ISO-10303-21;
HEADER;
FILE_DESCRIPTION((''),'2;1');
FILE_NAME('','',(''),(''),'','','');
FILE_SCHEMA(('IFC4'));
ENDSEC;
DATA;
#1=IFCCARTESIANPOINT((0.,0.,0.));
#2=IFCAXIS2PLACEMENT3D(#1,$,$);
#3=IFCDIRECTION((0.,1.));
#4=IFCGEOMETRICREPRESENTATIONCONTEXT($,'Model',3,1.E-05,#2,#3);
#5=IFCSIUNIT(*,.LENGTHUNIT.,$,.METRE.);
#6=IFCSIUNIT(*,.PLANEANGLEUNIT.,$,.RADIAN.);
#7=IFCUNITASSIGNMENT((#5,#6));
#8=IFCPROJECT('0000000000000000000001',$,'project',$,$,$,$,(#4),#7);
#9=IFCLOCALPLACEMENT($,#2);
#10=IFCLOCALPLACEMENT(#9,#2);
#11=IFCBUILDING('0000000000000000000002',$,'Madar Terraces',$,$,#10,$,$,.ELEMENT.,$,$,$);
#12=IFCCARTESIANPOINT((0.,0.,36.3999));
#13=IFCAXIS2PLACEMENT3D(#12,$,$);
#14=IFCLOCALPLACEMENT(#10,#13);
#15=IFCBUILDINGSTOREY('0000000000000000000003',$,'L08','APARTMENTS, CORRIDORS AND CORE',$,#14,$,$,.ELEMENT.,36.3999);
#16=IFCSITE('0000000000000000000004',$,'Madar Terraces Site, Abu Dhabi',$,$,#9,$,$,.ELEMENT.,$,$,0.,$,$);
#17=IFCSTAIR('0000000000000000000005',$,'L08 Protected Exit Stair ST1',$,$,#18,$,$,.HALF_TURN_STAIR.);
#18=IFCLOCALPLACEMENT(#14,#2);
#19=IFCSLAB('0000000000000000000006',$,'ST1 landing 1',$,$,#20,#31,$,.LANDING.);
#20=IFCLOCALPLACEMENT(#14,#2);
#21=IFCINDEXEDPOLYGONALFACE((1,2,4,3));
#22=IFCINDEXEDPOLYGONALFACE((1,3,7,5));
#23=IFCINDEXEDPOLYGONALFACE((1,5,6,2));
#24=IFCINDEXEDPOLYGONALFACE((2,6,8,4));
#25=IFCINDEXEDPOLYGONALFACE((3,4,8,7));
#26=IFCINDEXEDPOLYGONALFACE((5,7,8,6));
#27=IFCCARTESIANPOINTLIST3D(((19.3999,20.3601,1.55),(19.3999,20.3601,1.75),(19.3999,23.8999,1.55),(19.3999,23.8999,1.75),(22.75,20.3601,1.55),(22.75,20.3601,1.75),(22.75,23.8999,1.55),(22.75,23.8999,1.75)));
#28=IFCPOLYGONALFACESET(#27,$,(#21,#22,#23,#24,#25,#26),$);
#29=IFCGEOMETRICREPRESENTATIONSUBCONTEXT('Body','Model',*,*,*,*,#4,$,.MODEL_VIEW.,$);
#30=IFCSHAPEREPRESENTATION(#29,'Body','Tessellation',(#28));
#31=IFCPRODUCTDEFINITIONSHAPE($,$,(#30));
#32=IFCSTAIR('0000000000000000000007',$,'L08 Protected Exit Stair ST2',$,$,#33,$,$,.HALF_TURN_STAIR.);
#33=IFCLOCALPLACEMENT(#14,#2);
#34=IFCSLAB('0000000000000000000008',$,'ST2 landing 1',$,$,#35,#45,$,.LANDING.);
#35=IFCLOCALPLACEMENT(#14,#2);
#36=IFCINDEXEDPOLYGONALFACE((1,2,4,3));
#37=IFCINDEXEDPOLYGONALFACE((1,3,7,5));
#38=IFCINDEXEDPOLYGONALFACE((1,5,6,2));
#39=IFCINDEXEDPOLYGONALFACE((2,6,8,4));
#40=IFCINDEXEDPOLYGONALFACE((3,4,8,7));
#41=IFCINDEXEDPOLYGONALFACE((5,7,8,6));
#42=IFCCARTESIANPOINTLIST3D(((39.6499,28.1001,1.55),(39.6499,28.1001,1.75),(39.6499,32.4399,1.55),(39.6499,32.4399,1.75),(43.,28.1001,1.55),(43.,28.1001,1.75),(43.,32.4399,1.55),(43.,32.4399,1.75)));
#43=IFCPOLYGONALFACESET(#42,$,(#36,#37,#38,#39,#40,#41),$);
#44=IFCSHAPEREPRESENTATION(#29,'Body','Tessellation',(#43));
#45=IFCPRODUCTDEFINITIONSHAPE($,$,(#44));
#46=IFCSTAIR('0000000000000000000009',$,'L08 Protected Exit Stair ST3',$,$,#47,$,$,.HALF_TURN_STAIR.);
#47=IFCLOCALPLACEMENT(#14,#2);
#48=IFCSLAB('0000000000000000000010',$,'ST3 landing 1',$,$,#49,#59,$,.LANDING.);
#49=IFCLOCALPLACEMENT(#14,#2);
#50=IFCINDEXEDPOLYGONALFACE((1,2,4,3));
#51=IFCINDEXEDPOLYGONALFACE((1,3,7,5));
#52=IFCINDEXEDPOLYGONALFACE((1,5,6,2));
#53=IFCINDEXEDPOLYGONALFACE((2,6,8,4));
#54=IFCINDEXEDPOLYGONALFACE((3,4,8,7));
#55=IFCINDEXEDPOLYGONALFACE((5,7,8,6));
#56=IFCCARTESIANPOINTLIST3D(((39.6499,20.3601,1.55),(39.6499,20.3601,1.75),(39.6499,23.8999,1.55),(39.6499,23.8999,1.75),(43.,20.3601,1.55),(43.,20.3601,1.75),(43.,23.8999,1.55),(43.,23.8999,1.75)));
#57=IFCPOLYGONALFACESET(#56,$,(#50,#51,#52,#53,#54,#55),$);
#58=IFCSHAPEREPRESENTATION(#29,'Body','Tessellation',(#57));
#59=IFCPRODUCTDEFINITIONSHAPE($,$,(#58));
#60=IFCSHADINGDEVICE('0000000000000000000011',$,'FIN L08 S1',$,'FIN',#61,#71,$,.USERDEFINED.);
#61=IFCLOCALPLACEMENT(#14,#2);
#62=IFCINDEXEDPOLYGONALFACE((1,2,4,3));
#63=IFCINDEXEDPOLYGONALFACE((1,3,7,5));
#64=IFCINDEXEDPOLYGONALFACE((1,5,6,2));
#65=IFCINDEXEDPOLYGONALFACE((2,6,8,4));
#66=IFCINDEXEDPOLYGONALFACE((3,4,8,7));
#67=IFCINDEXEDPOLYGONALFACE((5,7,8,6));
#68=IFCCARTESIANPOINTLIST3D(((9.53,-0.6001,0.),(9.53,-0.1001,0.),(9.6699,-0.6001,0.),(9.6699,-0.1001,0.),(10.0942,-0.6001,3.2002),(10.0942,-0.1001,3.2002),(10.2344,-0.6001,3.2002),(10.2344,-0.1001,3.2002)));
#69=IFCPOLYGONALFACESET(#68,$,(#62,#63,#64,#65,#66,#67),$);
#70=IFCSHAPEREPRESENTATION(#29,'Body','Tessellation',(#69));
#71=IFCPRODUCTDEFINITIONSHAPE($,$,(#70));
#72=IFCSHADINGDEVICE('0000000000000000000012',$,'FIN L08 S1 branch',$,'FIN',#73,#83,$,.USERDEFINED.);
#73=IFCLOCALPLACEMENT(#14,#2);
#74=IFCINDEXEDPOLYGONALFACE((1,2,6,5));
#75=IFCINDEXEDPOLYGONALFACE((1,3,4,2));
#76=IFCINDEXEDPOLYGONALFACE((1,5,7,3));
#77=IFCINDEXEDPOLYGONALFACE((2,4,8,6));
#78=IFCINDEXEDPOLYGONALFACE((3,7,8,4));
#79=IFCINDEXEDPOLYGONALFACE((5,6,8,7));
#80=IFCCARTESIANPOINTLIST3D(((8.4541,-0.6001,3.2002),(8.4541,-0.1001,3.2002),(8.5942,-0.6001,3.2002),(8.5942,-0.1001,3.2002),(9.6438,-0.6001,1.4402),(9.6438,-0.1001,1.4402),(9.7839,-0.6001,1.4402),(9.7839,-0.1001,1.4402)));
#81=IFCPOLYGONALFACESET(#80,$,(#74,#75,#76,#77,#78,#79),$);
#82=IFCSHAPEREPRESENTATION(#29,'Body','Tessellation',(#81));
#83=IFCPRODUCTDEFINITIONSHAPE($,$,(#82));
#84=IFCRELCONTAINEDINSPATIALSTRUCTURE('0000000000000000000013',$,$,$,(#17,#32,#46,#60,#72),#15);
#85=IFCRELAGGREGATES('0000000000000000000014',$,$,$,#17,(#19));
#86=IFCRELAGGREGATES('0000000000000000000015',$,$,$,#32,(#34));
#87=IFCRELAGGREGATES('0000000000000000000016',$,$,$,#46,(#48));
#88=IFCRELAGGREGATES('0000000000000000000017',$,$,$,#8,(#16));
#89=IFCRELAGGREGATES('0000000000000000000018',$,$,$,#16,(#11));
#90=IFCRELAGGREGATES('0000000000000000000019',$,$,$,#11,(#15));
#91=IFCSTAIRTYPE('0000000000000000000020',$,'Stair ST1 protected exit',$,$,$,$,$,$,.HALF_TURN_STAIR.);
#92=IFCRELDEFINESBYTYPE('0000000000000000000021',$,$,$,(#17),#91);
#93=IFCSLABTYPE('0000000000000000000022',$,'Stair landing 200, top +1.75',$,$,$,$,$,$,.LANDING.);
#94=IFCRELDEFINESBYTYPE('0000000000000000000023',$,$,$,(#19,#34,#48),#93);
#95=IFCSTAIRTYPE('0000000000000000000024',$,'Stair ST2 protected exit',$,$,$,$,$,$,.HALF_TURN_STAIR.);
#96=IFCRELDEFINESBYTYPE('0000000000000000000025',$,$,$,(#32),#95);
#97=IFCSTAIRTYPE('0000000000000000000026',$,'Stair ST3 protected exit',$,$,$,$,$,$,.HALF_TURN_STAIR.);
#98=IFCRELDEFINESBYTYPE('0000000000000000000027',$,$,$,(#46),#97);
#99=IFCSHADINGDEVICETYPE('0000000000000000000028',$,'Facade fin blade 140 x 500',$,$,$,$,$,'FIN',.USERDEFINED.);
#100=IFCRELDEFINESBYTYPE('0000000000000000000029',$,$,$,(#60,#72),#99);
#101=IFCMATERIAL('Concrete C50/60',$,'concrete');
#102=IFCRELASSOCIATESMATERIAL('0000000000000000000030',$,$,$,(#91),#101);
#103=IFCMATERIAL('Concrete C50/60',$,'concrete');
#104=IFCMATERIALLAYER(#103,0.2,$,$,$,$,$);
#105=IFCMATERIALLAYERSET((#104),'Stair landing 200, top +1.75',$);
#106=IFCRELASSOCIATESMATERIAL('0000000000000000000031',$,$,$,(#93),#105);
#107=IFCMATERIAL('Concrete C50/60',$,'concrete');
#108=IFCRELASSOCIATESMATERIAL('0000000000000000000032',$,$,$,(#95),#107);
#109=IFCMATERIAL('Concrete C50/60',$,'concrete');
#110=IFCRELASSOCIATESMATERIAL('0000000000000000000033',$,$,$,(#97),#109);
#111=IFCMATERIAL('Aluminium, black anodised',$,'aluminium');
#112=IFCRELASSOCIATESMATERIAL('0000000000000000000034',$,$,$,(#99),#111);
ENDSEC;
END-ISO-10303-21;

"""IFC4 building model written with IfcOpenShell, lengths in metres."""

from ifc_helpers import new_model, si_unit, direction, frame, origin, place, context, subcontext, project, spatial, polyline, outline, extrude, material, layer, layer_set, type_object, element, aggregate, save


model = new_model("IFC4")

# Units and contexts
model_context = context("Model", 3, precision=1e-05, world=origin(), true_north=direction((0.0, 1.0)))
body_context = subcontext(model_context, "Body", "Model", "MODEL_VIEW")
ifc_project = project(units=[si_unit("LENGTHUNIT", "METRE"), si_unit("PLANEANGLEUNIT", "RADIAN")], contexts=[model_context])

# Site, building, storey
site_placement = place(None, origin())
site = spatial("IfcSite", under=ifc_project, at=site_placement, Name="Madar Terraces Site, Abu Dhabi", CompositionType="ELEMENT", RefElevation=0.0)
building_placement = place(site_placement, origin())
building = spatial("IfcBuilding", under=site, at=building_placement, Name="Madar Terraces", CompositionType="ELEMENT")
storey_placement = place(building_placement, frame((0.0, 0.0, 36.3999)))
storey = spatial("IfcBuildingStorey", under=building, at=storey_placement, Name="L08", Description="APARTMENTS, CORRIDORS AND CORE", CompositionType="ELEMENT", Elevation=36.3999)

# Stairs, slabs
ifc_material_1 = material(Name="Concrete C50/60", Category="concrete")
stair_type_1 = type_object("IfcStairType", Name="Stair ST1 protected exit", PredefinedType="HALF_TURN_STAIR", material=ifc_material_1)
stair_1_placement = place(storey_placement, origin())
stair_1 = element("IfcStair", 1, at=stair_1_placement, inside=storey, type_object=stair_type_1, Name="L08 Protected Exit Stair ST1", PredefinedType="HALF_TURN_STAIR")
ifc_material_2 = material(Name="Concrete C50/60", Category="concrete")
ifc_layer_1 = layer(ifc_material_2, 0.2)
ifc_layer_set_1 = layer_set([ifc_layer_1], Name="Stair landing 200, top +1.75")
slab_type_1 = type_object("IfcSlabType", Name="Stair landing 200, top +1.75", PredefinedType="LANDING", material=ifc_layer_set_1)
slab_1_placement = place(storey_placement, frame((0.0, 0.0, 1.55)))
slab_1 = element("IfcSlab", 2, at=slab_1_placement, type_object=slab_type_1, Name="ST1 landing 1", PredefinedType="LANDING", context=body_context, shape_type="SweptSolid", body=[
    extrude(outline(polyline([(19.3999, 20.3601), (22.75, 20.3601), (22.75, 23.8999), (19.3999, 23.8999), (19.3999, 20.3601)])), origin(), (0.0, 0.0, 1.0), 0.2),
])
aggregate(stair_1, [slab_1])
ifc_material_3 = material(Name="Concrete C50/60", Category="concrete")
stair_type_2 = type_object("IfcStairType", Name="Stair ST2 protected exit", PredefinedType="HALF_TURN_STAIR", material=ifc_material_3)
stair_2_placement = place(storey_placement, origin())
stair_2 = element("IfcStair", 3, at=stair_2_placement, inside=storey, type_object=stair_type_2, Name="L08 Protected Exit Stair ST2", PredefinedType="HALF_TURN_STAIR")
slab_2_placement = place(storey_placement, frame((0.0, 0.0, 1.55)))
slab_2 = element("IfcSlab", 4, at=slab_2_placement, type_object=slab_type_1, Name="ST2 landing 1", PredefinedType="LANDING", context=body_context, shape_type="SweptSolid", body=[
    extrude(outline(polyline([(39.6499, 28.1001), (43.0, 28.1001), (43.0, 32.4399), (39.6499, 32.4399), (39.6499, 28.1001)])), origin(), (0.0, 0.0, 1.0), 0.2),
])
aggregate(stair_2, [slab_2])
ifc_material_4 = material(Name="Concrete C50/60", Category="concrete")
stair_type_3 = type_object("IfcStairType", Name="Stair ST3 protected exit", PredefinedType="HALF_TURN_STAIR", material=ifc_material_4)
stair_3_placement = place(storey_placement, origin())
stair_3 = element("IfcStair", 5, at=stair_3_placement, inside=storey, type_object=stair_type_3, Name="L08 Protected Exit Stair ST3", PredefinedType="HALF_TURN_STAIR")
slab_3_placement = place(storey_placement, frame((0.0, 0.0, 1.55)))
slab_3 = element("IfcSlab", 6, at=slab_3_placement, type_object=slab_type_1, Name="ST3 landing 1", PredefinedType="LANDING", context=body_context, shape_type="SweptSolid", body=[
    extrude(outline(polyline([(39.6499, 20.3601), (43.0, 20.3601), (43.0, 23.8999), (39.6499, 23.8999), (39.6499, 20.3601)])), origin(), (0.0, 0.0, 1.0), 0.2),
])
aggregate(stair_3, [slab_3])

# Shading devices
ifc_material_5 = material(Name="Aluminium, black anodised", Category="aluminium")
shading_device_type = type_object("IfcShadingDeviceType", Name="Facade fin blade 140 x 500", ElementType="FIN", PredefinedType="USERDEFINED", material=ifc_material_5)
shading_device_1_placement = place(storey_placement, frame((9.53, -0.3501, 0.0), z_axis=(0.0, 0.0, 1.0), x_axis=(1.0, 0.0, 0.0)))
element("IfcShadingDevice", 7, at=shading_device_1_placement, inside=storey, type_object=shading_device_type, Name="FIN L08 S1", ObjectType="FIN", PredefinedType="USERDEFINED", context=body_context, shape_type="SweptSolid", body=[
    extrude(outline(polyline([(0.0, 0.0), (0.1399, 0.0), (0.7043, 3.2002), (0.5642, 3.2002), (0.0, 0.0)])), frame((0.0, 0.25, 0.0), z_axis=(0.0, -1.0, 0.0), x_axis=(1.0, 0.0, 0.0)), (0.0, 0.0, 1.0), 0.5),
])
shading_device_2_placement = place(storey_placement, frame((9.6438, -0.3501, 1.4402), z_axis=(0.0, 0.0, 1.0), x_axis=(1.0, 0.0, 0.0)))
element("IfcShadingDevice", 8, at=shading_device_2_placement, inside=storey, type_object=shading_device_type, Name="FIN L08 S1 branch", ObjectType="FIN", PredefinedType="USERDEFINED", context=body_context, shape_type="SweptSolid", body=[
    extrude(outline(polyline([(0.0, 0.0), (0.1401, 0.0), (-1.0496, 1.76), (-1.1897, 1.76), (0.0, 0.0)])), frame((0.0, 0.25, 0.0), z_axis=(0.0, -1.0, 0.0), x_axis=(1.0, 0.0, 0.0)), (0.0, 0.0, 1.0), 0.5),
])

save(model, "model.ifc")
